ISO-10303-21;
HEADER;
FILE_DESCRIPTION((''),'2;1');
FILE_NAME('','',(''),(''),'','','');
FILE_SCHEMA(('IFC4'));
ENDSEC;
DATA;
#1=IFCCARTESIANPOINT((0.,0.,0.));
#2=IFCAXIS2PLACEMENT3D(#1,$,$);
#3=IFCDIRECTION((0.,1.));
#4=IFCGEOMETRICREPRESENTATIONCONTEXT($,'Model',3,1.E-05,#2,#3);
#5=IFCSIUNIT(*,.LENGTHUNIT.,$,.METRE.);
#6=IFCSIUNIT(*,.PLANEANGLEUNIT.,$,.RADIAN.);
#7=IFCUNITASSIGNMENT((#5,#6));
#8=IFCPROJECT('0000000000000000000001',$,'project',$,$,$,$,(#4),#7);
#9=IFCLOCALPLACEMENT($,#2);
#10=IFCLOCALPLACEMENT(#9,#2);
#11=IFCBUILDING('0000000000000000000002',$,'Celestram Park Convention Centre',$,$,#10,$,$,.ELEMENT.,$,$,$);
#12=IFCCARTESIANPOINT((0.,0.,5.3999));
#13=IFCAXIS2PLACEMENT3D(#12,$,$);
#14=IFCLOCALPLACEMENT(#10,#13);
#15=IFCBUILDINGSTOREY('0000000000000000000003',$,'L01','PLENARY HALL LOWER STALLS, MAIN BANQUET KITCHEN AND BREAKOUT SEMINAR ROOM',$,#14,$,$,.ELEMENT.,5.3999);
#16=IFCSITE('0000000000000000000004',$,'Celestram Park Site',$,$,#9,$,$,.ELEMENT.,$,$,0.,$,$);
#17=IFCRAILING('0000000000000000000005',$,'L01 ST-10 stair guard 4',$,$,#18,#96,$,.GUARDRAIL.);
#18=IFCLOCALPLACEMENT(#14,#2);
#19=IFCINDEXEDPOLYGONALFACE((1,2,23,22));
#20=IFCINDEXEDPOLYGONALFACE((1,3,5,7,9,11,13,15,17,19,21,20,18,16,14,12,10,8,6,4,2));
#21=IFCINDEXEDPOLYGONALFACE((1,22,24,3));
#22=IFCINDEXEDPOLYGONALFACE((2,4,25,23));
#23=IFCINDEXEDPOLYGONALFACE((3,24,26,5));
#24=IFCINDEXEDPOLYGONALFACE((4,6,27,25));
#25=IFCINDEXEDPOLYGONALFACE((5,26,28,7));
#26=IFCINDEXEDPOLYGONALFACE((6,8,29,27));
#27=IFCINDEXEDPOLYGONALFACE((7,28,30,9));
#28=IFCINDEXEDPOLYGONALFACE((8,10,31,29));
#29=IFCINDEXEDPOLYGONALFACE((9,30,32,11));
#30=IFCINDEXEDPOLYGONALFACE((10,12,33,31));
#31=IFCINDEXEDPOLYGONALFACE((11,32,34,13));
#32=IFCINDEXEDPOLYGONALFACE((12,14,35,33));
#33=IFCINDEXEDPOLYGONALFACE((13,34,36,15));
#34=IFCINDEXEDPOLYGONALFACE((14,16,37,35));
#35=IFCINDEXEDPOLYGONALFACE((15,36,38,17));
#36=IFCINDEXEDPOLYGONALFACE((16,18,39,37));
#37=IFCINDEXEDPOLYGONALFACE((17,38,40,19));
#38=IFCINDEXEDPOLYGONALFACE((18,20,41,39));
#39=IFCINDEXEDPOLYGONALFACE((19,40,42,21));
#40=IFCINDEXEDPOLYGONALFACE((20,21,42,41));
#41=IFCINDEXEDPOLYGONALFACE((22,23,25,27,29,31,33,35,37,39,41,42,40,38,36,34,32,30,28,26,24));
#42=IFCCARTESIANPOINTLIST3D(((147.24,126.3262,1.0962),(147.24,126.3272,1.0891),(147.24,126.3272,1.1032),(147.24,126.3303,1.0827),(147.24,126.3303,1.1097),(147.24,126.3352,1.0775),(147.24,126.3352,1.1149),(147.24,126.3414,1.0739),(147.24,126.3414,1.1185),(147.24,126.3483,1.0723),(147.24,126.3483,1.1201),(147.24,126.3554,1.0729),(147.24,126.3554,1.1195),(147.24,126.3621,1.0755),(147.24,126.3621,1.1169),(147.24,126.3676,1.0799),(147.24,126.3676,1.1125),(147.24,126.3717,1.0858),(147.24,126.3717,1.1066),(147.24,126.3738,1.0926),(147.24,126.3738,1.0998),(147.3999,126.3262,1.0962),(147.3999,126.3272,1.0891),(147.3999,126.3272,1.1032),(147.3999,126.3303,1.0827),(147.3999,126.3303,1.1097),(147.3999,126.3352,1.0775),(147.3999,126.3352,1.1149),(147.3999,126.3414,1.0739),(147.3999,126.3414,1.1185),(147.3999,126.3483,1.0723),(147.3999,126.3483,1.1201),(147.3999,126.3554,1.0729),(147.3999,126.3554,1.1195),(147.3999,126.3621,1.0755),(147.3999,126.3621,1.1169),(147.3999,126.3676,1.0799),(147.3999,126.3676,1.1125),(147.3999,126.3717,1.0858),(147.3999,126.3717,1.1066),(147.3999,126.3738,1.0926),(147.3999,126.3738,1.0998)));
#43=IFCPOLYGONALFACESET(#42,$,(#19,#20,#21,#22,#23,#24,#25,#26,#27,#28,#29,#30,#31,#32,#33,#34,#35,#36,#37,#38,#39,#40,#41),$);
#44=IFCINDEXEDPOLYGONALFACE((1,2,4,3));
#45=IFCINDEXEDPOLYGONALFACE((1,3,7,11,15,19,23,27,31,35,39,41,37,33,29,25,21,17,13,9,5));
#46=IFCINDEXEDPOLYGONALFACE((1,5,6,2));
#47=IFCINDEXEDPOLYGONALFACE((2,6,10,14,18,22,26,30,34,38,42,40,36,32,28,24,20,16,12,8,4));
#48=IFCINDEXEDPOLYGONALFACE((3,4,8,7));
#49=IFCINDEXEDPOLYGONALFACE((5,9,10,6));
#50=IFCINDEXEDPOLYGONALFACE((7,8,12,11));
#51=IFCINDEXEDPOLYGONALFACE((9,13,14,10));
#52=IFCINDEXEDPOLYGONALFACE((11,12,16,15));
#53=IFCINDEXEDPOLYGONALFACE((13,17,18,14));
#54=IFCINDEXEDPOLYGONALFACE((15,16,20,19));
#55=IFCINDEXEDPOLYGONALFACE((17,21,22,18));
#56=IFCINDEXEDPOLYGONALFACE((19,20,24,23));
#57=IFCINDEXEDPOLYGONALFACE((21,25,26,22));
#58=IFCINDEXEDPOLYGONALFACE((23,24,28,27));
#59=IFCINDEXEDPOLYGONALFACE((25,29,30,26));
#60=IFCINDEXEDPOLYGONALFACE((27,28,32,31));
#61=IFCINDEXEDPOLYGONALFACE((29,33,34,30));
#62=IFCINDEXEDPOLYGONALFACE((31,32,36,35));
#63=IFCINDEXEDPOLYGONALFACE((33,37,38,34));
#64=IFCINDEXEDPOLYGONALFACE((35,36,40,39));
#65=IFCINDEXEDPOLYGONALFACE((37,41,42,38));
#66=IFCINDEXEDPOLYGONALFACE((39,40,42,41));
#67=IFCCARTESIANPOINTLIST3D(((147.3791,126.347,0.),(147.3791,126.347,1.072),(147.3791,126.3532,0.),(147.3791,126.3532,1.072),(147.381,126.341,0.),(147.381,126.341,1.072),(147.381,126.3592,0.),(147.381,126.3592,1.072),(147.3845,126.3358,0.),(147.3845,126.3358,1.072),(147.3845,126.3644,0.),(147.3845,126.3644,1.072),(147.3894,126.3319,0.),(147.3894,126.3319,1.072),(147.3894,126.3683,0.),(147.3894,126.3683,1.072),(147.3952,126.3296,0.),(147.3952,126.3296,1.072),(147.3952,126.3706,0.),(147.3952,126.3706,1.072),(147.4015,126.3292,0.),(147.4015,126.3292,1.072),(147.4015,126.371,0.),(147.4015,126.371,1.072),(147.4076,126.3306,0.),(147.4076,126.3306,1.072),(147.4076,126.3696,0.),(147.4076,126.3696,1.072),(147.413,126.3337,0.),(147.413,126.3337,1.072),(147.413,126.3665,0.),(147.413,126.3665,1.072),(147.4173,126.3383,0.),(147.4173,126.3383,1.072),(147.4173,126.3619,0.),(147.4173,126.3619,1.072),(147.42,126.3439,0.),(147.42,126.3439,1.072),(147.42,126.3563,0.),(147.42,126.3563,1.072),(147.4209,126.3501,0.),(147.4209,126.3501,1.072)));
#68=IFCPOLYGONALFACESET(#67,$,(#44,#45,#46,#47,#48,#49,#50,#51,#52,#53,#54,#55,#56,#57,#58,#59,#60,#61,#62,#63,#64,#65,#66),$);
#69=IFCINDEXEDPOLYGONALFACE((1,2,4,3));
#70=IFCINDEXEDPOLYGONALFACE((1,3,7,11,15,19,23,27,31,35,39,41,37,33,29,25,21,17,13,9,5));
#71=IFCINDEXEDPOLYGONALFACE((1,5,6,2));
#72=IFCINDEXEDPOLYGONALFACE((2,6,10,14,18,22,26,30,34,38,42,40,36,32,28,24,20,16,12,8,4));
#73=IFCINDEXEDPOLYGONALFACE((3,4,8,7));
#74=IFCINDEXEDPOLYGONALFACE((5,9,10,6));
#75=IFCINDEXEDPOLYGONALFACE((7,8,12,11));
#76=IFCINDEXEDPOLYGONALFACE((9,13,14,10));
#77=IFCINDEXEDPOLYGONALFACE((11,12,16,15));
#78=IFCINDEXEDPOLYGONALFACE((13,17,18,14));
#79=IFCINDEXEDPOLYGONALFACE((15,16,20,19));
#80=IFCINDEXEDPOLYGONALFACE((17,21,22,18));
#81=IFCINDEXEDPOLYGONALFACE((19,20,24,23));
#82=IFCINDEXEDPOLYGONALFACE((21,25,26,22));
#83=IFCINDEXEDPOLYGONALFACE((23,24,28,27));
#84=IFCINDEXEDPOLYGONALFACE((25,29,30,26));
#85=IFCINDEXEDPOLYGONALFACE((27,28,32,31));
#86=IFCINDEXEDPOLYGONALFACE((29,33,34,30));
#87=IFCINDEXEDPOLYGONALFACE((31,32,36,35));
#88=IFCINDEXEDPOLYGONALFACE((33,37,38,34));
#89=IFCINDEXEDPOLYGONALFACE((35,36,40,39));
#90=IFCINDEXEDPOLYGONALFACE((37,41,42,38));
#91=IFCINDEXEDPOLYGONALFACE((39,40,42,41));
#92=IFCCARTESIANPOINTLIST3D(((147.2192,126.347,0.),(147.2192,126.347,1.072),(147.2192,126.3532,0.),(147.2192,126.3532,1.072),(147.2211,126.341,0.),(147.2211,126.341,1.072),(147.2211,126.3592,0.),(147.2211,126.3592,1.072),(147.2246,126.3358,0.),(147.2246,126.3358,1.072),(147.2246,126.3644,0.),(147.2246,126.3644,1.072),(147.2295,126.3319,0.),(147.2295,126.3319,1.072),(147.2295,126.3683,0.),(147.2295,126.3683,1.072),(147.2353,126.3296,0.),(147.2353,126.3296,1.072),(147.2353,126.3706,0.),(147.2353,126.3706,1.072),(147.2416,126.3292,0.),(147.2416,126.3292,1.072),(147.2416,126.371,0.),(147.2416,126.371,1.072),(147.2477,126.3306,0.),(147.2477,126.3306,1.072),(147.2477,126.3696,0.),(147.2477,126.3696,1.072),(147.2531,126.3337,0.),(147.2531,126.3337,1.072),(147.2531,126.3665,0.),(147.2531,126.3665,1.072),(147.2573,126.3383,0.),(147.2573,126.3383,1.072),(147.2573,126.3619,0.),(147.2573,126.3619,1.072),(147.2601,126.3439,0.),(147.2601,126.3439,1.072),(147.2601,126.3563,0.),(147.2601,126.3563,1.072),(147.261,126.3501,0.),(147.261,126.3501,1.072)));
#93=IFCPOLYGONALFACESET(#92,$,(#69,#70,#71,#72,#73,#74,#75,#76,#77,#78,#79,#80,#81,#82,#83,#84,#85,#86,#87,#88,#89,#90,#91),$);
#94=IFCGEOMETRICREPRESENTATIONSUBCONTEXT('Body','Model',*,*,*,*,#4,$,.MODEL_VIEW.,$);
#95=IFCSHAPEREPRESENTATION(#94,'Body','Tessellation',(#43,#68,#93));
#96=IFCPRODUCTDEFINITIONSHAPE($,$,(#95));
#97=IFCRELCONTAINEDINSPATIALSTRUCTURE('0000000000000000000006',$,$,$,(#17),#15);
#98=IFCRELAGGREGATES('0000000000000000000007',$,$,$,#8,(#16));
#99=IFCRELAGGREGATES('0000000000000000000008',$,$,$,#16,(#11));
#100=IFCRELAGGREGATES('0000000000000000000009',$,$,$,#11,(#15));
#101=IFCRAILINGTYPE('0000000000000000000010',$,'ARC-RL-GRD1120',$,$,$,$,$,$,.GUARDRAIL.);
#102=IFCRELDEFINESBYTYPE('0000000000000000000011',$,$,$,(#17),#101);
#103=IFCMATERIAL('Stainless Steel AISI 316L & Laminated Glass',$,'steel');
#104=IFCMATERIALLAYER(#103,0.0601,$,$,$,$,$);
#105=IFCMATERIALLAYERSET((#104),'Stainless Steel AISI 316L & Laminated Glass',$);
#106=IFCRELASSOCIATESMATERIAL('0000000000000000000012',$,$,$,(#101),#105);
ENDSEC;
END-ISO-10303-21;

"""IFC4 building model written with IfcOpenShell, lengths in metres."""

from ifc_helpers import new_model, si_unit, direction, frame, origin, origin_2d, place, context, subcontext, project, spatial, circle, extrude, material, layer, layer_set, type_object, element, save


model = new_model("IFC4")

# Units and contexts
model_context = context("Model", 3, precision=1e-05, world=origin(), true_north=direction((0.0, 1.0)))
body_context = subcontext(model_context, "Body", "Model", "MODEL_VIEW")
ifc_project = project(units=[si_unit("LENGTHUNIT", "METRE"), si_unit("PLANEANGLEUNIT", "RADIAN")], contexts=[model_context])

# Site, building, storey
site_placement = place(None, origin())
site = spatial("IfcSite", under=ifc_project, at=site_placement, Name="Celestram Park Site", CompositionType="ELEMENT", RefElevation=0.0)
building_placement = place(site_placement, origin())
building = spatial("IfcBuilding", under=site, at=building_placement, Name="Celestram Park Convention Centre", CompositionType="ELEMENT")
storey_placement = place(building_placement, frame((0.0, 0.0, 5.3999)))
storey = spatial("IfcBuildingStorey", under=building, at=storey_placement, Name="L01", Description="PLENARY HALL LOWER STALLS, MAIN BANQUET KITCHEN AND BREAKOUT SEMINAR ROOM", CompositionType="ELEMENT", Elevation=5.3999)

# Railing
ifc_material_1 = material(Name="Stainless Steel AISI 316L & Laminated Glass", Category="steel")
ifc_layer_1 = layer(ifc_material_1, 0.0601)
ifc_layer_set_1 = layer_set([ifc_layer_1], Name="Stainless Steel AISI 316L & Laminated Glass")
railing_type_1 = type_object("IfcRailingType", Name="ARC-RL-GRD1120", PredefinedType="GUARDRAIL", material=ifc_layer_set_1)
railing_1_placement = place(storey_placement, frame((147.3999, 126.3501, 0.0)))
element("IfcRailing", 1, at=railing_1_placement, inside=storey, type_object=railing_type_1, Name="L01 ST-10 stair guard 4", PredefinedType="GUARDRAIL", context=body_context, shape_type="SweptSolid", body=[
    extrude(circle(Radius=0.0239, at=origin_2d()), frame((0.0, 0.0, 1.0962), z_axis=(-1.0, 0.0, 0.0), x_axis=(0.0, -1.0, 0.0)), (0.0, 0.0, 1.0), 0.1599),
    extrude(circle(Radius=0.021, at=origin_2d()), origin(), (0.0, 0.0, 1.0), 1.072),
    extrude(circle(Radius=0.021, at=origin_2d()), frame((-0.1599, 0.0, 0.0)), (0.0, 0.0, 1.0), 1.072),
])

save(model, "model.ifc")
